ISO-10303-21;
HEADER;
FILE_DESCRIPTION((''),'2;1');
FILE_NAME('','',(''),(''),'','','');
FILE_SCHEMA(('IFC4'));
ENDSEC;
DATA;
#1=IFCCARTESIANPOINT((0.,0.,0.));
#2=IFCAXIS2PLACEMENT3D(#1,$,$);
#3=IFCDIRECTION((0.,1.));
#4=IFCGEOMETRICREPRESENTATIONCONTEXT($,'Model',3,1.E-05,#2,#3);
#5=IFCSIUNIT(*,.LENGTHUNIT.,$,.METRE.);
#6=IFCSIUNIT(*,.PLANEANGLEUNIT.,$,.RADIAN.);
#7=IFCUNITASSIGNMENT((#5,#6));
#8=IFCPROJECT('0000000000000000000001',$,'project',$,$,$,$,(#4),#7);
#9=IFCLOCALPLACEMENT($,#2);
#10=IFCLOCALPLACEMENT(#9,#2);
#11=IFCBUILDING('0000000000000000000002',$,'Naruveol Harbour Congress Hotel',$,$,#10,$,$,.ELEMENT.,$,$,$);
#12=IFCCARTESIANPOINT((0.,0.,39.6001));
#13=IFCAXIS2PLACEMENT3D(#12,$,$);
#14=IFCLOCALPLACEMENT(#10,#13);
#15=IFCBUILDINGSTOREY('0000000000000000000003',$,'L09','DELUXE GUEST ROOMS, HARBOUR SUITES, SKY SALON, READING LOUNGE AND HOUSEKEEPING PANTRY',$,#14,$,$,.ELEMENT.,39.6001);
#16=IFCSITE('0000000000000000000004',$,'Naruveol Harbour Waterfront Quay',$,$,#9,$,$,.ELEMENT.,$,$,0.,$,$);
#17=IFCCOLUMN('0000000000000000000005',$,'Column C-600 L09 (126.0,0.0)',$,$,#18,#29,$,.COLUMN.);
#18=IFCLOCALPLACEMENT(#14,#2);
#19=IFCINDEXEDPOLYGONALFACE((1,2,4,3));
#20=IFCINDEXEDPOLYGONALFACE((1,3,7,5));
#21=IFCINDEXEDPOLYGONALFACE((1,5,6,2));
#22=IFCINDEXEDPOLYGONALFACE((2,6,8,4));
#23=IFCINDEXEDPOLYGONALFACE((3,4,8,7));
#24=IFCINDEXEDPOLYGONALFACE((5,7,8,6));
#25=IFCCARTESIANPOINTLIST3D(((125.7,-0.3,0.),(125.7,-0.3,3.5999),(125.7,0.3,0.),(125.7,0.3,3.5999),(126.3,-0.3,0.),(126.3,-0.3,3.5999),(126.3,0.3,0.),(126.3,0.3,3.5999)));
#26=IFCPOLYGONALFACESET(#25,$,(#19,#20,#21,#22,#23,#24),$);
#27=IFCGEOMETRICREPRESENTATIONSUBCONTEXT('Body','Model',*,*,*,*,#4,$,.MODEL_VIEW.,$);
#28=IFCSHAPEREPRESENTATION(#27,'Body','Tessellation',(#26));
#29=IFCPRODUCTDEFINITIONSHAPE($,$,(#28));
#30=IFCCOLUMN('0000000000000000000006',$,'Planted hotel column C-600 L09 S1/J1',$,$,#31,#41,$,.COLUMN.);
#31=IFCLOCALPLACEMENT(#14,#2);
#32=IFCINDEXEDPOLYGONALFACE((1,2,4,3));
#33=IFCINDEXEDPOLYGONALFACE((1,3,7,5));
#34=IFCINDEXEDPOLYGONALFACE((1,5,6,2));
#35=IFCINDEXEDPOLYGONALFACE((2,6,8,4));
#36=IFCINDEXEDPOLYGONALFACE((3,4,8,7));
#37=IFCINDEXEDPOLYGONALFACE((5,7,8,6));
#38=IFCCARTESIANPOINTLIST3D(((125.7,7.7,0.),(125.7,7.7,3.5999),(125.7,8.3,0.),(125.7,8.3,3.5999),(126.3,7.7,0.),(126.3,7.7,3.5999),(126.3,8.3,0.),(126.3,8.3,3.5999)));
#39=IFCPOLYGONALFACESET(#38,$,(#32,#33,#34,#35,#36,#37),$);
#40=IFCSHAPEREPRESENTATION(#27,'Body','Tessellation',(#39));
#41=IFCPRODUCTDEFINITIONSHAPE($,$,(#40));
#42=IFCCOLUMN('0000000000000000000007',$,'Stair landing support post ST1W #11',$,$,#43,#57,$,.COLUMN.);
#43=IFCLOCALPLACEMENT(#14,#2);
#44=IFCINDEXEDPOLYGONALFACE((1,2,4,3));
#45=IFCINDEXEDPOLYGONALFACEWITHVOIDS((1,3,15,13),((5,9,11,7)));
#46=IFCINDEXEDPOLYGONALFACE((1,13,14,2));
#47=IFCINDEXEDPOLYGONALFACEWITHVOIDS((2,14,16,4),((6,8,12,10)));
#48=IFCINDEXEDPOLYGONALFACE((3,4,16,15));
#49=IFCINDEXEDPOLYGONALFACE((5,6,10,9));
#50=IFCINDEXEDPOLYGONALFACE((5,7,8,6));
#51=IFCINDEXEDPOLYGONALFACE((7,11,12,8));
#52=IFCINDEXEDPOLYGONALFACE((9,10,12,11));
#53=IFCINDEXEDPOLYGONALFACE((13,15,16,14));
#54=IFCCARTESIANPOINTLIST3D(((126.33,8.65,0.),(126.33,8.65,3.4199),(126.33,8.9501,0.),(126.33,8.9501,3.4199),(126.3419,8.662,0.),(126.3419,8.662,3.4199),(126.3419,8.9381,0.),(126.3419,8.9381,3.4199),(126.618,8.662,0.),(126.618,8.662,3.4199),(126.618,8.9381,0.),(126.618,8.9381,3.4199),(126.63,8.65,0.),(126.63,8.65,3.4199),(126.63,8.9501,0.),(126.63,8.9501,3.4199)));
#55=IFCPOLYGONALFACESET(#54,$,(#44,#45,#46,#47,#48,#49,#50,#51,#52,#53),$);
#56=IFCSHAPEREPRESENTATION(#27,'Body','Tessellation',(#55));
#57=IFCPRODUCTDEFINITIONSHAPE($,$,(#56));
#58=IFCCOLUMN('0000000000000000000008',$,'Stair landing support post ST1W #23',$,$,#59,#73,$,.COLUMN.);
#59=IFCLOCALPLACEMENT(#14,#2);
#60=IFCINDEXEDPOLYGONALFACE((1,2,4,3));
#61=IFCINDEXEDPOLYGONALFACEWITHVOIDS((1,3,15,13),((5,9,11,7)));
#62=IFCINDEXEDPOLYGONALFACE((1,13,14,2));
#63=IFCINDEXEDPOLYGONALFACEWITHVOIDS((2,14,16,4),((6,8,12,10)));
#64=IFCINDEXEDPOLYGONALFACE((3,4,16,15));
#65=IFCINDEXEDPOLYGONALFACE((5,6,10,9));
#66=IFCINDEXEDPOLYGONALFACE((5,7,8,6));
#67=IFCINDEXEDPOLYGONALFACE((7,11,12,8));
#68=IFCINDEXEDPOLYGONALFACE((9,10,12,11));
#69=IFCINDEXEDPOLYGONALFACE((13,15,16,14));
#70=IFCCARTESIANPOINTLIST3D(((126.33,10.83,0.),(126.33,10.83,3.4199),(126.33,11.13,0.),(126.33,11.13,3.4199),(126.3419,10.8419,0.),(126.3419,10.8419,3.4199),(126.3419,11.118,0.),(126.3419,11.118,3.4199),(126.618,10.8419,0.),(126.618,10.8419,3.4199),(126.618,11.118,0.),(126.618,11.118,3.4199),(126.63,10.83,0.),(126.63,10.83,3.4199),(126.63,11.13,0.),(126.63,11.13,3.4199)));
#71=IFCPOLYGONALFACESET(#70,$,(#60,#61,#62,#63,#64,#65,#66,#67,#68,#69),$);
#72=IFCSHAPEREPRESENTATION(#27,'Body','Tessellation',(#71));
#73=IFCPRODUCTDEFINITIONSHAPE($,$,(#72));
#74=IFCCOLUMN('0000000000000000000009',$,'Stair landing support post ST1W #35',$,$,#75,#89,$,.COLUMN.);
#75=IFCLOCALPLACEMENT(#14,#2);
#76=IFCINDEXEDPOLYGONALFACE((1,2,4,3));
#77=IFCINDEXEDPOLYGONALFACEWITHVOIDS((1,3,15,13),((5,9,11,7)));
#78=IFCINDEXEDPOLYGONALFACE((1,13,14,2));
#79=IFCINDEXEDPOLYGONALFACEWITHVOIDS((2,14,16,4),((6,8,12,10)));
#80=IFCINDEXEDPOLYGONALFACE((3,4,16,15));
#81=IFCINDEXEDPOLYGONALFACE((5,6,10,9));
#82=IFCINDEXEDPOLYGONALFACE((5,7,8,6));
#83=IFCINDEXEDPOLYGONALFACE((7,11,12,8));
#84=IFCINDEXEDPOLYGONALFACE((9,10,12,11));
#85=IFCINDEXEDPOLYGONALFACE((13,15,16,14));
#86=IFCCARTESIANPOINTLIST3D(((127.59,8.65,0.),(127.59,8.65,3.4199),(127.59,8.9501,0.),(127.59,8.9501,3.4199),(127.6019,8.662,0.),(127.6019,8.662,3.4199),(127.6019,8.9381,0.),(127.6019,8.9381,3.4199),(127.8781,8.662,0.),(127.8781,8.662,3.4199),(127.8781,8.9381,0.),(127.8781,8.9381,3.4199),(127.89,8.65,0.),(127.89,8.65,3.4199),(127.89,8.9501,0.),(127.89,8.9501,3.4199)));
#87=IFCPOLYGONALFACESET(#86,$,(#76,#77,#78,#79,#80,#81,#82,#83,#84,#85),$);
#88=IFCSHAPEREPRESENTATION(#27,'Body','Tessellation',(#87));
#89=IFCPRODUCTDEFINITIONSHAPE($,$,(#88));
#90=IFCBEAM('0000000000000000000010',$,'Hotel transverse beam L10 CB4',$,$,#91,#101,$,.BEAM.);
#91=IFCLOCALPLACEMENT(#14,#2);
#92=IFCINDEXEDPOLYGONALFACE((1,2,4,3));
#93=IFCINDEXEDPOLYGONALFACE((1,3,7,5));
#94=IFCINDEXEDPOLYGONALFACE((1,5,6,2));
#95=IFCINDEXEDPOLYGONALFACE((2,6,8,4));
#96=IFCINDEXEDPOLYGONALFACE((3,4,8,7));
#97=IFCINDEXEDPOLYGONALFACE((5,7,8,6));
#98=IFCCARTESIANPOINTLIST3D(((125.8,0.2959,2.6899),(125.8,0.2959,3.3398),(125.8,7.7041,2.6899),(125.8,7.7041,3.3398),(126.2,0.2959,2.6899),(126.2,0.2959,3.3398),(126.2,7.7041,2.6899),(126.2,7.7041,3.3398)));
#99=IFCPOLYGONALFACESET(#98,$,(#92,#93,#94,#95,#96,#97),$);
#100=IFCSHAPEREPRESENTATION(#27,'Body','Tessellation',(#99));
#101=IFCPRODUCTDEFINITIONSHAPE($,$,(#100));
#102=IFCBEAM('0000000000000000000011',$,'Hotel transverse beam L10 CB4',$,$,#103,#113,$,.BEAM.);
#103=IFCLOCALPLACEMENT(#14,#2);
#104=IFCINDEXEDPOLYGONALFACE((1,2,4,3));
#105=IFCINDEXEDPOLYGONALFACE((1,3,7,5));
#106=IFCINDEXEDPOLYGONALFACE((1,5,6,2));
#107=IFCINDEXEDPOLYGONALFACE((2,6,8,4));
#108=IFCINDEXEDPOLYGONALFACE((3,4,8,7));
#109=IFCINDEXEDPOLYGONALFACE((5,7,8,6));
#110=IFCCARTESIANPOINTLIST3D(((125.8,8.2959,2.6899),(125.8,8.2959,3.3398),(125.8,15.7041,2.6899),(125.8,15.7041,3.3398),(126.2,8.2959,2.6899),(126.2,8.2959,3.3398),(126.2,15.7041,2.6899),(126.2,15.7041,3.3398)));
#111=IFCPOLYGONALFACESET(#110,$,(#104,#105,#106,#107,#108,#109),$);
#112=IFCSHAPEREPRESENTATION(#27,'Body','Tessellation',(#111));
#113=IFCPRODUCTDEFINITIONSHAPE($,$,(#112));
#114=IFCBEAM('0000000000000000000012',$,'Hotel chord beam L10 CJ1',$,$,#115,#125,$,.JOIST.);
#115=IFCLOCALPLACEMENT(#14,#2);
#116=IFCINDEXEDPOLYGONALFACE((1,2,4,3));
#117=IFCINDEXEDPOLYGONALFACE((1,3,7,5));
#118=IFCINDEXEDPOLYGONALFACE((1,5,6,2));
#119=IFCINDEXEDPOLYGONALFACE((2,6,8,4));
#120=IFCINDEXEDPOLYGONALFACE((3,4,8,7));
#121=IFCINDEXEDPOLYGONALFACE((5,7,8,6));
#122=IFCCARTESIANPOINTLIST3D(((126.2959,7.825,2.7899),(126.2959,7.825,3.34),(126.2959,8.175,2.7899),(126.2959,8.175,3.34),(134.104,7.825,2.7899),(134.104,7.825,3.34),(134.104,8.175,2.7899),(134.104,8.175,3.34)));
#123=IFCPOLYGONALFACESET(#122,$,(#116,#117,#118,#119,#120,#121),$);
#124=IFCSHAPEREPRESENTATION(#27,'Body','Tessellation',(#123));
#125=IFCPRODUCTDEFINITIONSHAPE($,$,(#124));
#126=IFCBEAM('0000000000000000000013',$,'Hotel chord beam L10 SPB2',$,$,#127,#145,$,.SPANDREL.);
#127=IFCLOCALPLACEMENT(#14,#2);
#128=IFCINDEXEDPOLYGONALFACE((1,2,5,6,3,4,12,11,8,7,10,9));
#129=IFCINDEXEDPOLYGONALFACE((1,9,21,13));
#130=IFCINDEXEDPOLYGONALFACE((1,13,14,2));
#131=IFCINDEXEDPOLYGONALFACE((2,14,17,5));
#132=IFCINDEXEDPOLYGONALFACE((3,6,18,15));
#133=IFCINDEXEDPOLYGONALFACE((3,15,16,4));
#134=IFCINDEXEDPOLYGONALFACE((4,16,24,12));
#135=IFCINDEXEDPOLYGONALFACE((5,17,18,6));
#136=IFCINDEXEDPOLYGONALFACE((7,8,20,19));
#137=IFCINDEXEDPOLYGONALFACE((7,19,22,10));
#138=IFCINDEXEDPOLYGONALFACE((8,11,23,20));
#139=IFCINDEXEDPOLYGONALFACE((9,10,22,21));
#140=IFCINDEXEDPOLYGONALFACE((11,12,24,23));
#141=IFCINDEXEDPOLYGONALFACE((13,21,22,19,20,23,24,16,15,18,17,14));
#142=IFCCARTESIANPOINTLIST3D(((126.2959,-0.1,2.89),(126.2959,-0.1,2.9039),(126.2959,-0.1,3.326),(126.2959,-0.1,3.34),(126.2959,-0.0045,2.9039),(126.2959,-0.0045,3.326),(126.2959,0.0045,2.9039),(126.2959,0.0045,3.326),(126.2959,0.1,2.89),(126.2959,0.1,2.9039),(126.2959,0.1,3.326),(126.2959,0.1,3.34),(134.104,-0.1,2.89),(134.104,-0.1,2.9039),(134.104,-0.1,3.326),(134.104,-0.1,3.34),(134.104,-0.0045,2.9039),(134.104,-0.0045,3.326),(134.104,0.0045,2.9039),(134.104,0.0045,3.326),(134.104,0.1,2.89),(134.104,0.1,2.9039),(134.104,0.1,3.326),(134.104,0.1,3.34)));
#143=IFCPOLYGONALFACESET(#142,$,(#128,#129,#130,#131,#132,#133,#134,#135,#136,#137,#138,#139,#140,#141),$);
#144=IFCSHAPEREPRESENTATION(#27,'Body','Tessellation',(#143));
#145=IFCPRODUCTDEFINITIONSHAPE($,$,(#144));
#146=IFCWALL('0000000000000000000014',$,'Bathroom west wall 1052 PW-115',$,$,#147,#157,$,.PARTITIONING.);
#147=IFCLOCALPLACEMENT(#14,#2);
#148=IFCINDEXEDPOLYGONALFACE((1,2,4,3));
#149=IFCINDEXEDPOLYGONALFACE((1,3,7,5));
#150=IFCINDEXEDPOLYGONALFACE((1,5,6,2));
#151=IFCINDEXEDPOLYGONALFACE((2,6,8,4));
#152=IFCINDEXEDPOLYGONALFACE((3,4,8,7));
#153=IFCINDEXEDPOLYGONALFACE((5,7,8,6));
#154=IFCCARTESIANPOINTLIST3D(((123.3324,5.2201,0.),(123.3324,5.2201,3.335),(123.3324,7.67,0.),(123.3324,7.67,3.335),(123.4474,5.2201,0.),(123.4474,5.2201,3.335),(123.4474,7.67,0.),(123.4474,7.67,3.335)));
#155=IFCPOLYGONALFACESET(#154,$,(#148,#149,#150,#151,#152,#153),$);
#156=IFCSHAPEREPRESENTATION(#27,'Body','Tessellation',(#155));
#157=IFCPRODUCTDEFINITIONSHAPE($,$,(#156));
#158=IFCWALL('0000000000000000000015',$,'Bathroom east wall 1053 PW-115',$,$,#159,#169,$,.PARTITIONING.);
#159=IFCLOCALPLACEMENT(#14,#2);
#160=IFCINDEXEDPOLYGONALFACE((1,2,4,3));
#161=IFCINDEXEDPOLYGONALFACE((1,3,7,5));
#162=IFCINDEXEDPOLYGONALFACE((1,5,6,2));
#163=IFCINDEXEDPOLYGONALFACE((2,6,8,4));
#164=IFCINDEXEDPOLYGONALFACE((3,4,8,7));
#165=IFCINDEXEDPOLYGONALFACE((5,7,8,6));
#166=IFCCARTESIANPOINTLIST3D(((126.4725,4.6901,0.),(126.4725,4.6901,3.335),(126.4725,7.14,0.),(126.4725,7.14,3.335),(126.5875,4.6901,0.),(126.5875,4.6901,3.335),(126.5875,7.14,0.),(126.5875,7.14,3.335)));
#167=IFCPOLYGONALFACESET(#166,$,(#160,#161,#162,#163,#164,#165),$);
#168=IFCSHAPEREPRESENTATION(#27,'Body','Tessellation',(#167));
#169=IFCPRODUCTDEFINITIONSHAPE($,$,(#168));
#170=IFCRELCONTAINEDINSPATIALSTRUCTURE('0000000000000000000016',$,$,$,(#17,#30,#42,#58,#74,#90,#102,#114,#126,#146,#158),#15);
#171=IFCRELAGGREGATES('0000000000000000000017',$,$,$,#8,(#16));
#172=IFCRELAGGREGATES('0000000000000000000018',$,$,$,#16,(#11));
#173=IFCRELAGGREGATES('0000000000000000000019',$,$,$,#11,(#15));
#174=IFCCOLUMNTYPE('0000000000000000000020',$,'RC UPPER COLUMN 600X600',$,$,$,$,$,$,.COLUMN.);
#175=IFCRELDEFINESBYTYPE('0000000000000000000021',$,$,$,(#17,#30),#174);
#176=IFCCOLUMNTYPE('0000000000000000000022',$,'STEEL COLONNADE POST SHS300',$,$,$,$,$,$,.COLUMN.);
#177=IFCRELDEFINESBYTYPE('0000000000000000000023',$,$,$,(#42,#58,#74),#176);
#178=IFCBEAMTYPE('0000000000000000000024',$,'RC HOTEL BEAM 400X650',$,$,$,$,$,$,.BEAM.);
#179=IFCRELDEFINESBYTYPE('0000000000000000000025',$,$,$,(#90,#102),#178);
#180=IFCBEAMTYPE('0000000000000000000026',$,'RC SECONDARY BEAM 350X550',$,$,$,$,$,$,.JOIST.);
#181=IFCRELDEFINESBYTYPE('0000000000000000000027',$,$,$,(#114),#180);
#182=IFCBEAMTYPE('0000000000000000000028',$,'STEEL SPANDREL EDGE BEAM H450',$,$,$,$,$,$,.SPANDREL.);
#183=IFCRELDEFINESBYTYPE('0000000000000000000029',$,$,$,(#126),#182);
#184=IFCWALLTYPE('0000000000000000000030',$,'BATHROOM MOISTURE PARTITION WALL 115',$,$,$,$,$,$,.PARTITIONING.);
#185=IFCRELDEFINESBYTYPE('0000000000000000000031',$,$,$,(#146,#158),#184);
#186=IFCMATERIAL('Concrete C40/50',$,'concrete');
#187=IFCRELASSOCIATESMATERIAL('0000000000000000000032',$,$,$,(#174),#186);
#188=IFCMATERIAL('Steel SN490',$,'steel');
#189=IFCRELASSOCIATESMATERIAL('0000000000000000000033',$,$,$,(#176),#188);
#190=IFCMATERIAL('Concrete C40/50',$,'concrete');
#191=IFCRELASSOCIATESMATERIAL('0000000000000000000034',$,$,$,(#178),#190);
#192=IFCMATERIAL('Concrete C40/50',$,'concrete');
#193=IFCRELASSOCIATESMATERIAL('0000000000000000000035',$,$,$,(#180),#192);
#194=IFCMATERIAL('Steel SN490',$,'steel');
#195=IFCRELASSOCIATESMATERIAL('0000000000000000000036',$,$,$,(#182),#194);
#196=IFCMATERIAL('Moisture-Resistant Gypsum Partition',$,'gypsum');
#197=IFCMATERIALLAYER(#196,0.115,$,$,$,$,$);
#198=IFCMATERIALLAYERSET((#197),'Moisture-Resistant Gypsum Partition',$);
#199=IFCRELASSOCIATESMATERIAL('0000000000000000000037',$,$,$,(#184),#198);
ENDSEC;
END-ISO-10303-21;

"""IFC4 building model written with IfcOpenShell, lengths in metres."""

from ifc_helpers import new_model, si_unit, direction, frame, frame_2d, origin, origin_2d, place, context, subcontext, project, spatial, rectangle, hollow_rectangle, i_section, extrude, material, layer, layer_set, material_profile, profile_set, type_object, element, save


model = new_model("IFC4")

# Units and contexts
model_context = context("Model", 3, precision=1e-05, world=origin(), true_north=direction((0.0, 1.0)))
body_context = subcontext(model_context, "Body", "Model", "MODEL_VIEW")
ifc_project = project(units=[si_unit("LENGTHUNIT", "METRE"), si_unit("PLANEANGLEUNIT", "RADIAN")], contexts=[model_context])

# Site, building, storey
site_placement = place(None, origin())
site = spatial("IfcSite", under=ifc_project, at=site_placement, Name="Naruveol Harbour Waterfront Quay", CompositionType="ELEMENT", RefElevation=0.0)
building_placement = place(site_placement, origin())
building = spatial("IfcBuilding", under=site, at=building_placement, Name="Naruveol Harbour Congress Hotel", CompositionType="ELEMENT")
storey_placement = place(building_placement, frame((0.0, 0.0, 39.6001)))
storey = spatial("IfcBuildingStorey", under=building, at=storey_placement, Name="L09", Description="DELUXE GUEST ROOMS, HARBOUR SUITES, SKY SALON, READING LOUNGE AND HOUSEKEEPING PANTRY", CompositionType="ELEMENT", Elevation=39.6001)

# Columns
ifc_material_1 = material(Name="Concrete C40/50", Category="concrete")
ifc_material_profile_1 = material_profile(ifc_material_1, rectangle(XDim=0.6001, YDim=0.6001, at=origin_2d()), Name="RC-600x600")
ifc_profile_set_1 = profile_set([ifc_material_profile_1], Name="Concrete C40/50")
column_type_1 = type_object("IfcColumnType", Name="RC UPPER COLUMN 600X600", PredefinedType="COLUMN", material=ifc_profile_set_1)
for number, where, z_axis, x_axis, name in (
    (1, (126.0, 0.0, 0.0), (0.0, 0.0, 1.0), (1.0, 0.0, 0.0), "Column C-600 L09 (126.0,0.0)"),
    (2, (126.0, 8.0, 0.0), (0.0, 0.0, 1.0), (1.0, 0.0, 0.0), "Planted hotel column C-600 L09 S1/J1"),
):
    element("IfcColumn", number, at=place(storey_placement, frame(where, z_axis=z_axis, x_axis=x_axis)), inside=storey, type_object=column_type_1, Name=name, PredefinedType="COLUMN", context=body_context, shape_type="SweptSolid", body=[
        extrude(rectangle(XDim=0.6001, YDim=0.6001, at=origin_2d()), origin(), (0.0, 0.0, 1.0), 3.5999),
    ])
ifc_material_2 = material(Name="Steel SN490", Category="steel")
ifc_material_profile_2 = material_profile(ifc_material_2, hollow_rectangle(XDim=0.3, YDim=0.3, WallThickness=0.012, at=origin_2d()), Name="SHS-300x300x12")
ifc_profile_set_2 = profile_set([ifc_material_profile_2], Name="Steel SN490")
column_type_2 = type_object("IfcColumnType", Name="STEEL COLONNADE POST SHS300", PredefinedType="COLUMN", material=ifc_profile_set_2)
for number, where, z_axis, x_axis, name in (
    (3, (126.48, 8.8, 0.0), (0.0, 0.0, 1.0), (1.0, 0.0, 0.0), "Stair landing support post ST1W #11"),
    (4, (126.48, 10.98, 0.0), (0.0, 0.0, 1.0), (1.0, 0.0, 0.0), "Stair landing support post ST1W #23"),
    (5, (127.74, 8.8, 0.0), (0.0, 0.0, 1.0), (1.0, 0.0, 0.0), "Stair landing support post ST1W #35"),
):
    element("IfcColumn", number, at=place(storey_placement, frame(where, z_axis=z_axis, x_axis=x_axis)), inside=storey, type_object=column_type_2, Name=name, PredefinedType="COLUMN", context=body_context, shape_type="SweptSolid", body=[
        extrude(hollow_rectangle(XDim=0.3, YDim=0.3, WallThickness=0.012, at=origin_2d()), origin(), (0.0, 0.0, 1.0), 3.4199),
    ])

# Beams
ifc_material_3 = material(Name="Concrete C40/50", Category="concrete")
ifc_material_profile_3 = material_profile(ifc_material_3, rectangle(XDim=0.3999, YDim=0.6499, at=origin_2d()), Name="RCB-400x650")
ifc_profile_set_3 = profile_set([ifc_material_profile_3], Name="Concrete C40/50")
beam_type_1 = type_object("IfcBeamType", Name="RC HOTEL BEAM 400X650", PredefinedType="BEAM", material=ifc_profile_set_3)
for number, where, z_axis, x_axis, name in (
    (6, (126.0, 0.2959, 3.0149), (0.0, 1.0, 0.0), (-1.0, 0.0, 0.0), "Hotel transverse beam L10 CB4"),
    (7, (126.0, 8.2959, 3.0149), (0.0, 1.0, 0.0), (-1.0, 0.0, 0.0), "Hotel transverse beam L10 CB4"),
):
    element("IfcBeam", number, at=place(storey_placement, frame(where, z_axis=z_axis, x_axis=x_axis)), inside=storey, type_object=beam_type_1, Name=name, PredefinedType="BEAM", context=body_context, shape_type="SweptSolid", body=[
        extrude(rectangle(XDim=0.3999, YDim=0.6499, at=origin_2d()), origin(), (0.0, 0.0, 1.0), 7.4082),
    ])
ifc_material_4 = material(Name="Concrete C40/50", Category="concrete")
ifc_material_profile_4 = material_profile(ifc_material_4, rectangle(XDim=0.3501, YDim=0.55, at=origin_2d()), Name="RCB-350x550")
ifc_profile_set_4 = profile_set([ifc_material_profile_4], Name="Concrete C40/50")
beam_type_2 = type_object("IfcBeamType", Name="RC SECONDARY BEAM 350X550", PredefinedType="JOIST", material=ifc_profile_set_4)
beam_1_placement = place(storey_placement, frame((126.2959, 8.0, 3.0649), z_axis=(1.0, 0.0, 0.0), x_axis=(0.0, 1.0, 0.0)))
element("IfcBeam", 8, at=beam_1_placement, inside=storey, type_object=beam_type_2, Name="Hotel chord beam L10 CJ1", PredefinedType="JOIST", context=body_context, shape_type="SweptSolid", body=[
    extrude(rectangle(XDim=0.3501, YDim=0.55, at=origin_2d()), origin(), (0.0, 0.0, 1.0), 7.8081),
])
ifc_material_5 = material(Name="Steel SN490", Category="steel")
ifc_material_profile_5 = material_profile(ifc_material_5, i_section(OverallWidth=0.2, OverallDepth=0.45, WebThickness=0.009, FlangeThickness=0.0139, at=origin_2d()), Name="H-450x200x9x14")
ifc_profile_set_5 = profile_set([ifc_material_profile_5], Name="Steel SN490")
beam_type_3 = type_object("IfcBeamType", Name="STEEL SPANDREL EDGE BEAM H450", PredefinedType="SPANDREL", material=ifc_profile_set_5)
beam_2_placement = place(storey_placement, frame((126.2959, 0.0, 3.115), z_axis=(1.0, 0.0, 0.0), x_axis=(0.0, 1.0, 0.0)))
element("IfcBeam", 9, at=beam_2_placement, inside=storey, type_object=beam_type_3, Name="Hotel chord beam L10 SPB2", PredefinedType="SPANDREL", context=body_context, shape_type="SweptSolid", body=[
    extrude(i_section(OverallWidth=0.2, OverallDepth=0.45, WebThickness=0.009, FlangeThickness=0.0139, at=origin_2d()), origin(), (0.0, 0.0, 1.0), 7.8081),
])

# Wall
ifc_material_6 = material(Name="Moisture-Resistant Gypsum Partition", Category="gypsum")
ifc_layer_1 = layer(ifc_material_6, 0.115)
ifc_layer_set_1 = layer_set([ifc_layer_1], Name="Moisture-Resistant Gypsum Partition")
wall_type_1 = type_object("IfcWallType", Name="BATHROOM MOISTURE PARTITION WALL 115", PredefinedType="PARTITIONING", material=ifc_layer_set_1)
wall_1_placement = place(storey_placement, frame((123.3899, 5.22, 0.0), z_axis=(0.0, 0.0, 1.0), x_axis=(0.0, 1.0, 0.0)))
element("IfcWall", 10, at=wall_1_placement, inside=storey, type_object=wall_type_1, Name="Bathroom west wall 1052 PW-115", PredefinedType="PARTITIONING", context=body_context, shape_type="SweptSolid", body=[
    extrude(rectangle(XDim=2.45, YDim=0.115, at=frame_2d((1.2251, 0.0))), origin(), (0.0, 0.0, 1.0), 3.335),
])

# Wall
wall_2_placement = place(storey_placement, frame((126.53, 4.6899, 0.0), z_axis=(0.0, 0.0, 1.0), x_axis=(0.0, 1.0, 0.0)))
element("IfcWall", 11, at=wall_2_placement, inside=storey, type_object=wall_type_1, Name="Bathroom east wall 1053 PW-115", PredefinedType="PARTITIONING", context=body_context, shape_type="SweptSolid", body=[
    extrude(rectangle(XDim=2.45, YDim=0.115, at=frame_2d((1.2251, 0.0))), origin(), (0.0, 0.0, 1.0), 3.335),
])

save(model, "model.ifc")
